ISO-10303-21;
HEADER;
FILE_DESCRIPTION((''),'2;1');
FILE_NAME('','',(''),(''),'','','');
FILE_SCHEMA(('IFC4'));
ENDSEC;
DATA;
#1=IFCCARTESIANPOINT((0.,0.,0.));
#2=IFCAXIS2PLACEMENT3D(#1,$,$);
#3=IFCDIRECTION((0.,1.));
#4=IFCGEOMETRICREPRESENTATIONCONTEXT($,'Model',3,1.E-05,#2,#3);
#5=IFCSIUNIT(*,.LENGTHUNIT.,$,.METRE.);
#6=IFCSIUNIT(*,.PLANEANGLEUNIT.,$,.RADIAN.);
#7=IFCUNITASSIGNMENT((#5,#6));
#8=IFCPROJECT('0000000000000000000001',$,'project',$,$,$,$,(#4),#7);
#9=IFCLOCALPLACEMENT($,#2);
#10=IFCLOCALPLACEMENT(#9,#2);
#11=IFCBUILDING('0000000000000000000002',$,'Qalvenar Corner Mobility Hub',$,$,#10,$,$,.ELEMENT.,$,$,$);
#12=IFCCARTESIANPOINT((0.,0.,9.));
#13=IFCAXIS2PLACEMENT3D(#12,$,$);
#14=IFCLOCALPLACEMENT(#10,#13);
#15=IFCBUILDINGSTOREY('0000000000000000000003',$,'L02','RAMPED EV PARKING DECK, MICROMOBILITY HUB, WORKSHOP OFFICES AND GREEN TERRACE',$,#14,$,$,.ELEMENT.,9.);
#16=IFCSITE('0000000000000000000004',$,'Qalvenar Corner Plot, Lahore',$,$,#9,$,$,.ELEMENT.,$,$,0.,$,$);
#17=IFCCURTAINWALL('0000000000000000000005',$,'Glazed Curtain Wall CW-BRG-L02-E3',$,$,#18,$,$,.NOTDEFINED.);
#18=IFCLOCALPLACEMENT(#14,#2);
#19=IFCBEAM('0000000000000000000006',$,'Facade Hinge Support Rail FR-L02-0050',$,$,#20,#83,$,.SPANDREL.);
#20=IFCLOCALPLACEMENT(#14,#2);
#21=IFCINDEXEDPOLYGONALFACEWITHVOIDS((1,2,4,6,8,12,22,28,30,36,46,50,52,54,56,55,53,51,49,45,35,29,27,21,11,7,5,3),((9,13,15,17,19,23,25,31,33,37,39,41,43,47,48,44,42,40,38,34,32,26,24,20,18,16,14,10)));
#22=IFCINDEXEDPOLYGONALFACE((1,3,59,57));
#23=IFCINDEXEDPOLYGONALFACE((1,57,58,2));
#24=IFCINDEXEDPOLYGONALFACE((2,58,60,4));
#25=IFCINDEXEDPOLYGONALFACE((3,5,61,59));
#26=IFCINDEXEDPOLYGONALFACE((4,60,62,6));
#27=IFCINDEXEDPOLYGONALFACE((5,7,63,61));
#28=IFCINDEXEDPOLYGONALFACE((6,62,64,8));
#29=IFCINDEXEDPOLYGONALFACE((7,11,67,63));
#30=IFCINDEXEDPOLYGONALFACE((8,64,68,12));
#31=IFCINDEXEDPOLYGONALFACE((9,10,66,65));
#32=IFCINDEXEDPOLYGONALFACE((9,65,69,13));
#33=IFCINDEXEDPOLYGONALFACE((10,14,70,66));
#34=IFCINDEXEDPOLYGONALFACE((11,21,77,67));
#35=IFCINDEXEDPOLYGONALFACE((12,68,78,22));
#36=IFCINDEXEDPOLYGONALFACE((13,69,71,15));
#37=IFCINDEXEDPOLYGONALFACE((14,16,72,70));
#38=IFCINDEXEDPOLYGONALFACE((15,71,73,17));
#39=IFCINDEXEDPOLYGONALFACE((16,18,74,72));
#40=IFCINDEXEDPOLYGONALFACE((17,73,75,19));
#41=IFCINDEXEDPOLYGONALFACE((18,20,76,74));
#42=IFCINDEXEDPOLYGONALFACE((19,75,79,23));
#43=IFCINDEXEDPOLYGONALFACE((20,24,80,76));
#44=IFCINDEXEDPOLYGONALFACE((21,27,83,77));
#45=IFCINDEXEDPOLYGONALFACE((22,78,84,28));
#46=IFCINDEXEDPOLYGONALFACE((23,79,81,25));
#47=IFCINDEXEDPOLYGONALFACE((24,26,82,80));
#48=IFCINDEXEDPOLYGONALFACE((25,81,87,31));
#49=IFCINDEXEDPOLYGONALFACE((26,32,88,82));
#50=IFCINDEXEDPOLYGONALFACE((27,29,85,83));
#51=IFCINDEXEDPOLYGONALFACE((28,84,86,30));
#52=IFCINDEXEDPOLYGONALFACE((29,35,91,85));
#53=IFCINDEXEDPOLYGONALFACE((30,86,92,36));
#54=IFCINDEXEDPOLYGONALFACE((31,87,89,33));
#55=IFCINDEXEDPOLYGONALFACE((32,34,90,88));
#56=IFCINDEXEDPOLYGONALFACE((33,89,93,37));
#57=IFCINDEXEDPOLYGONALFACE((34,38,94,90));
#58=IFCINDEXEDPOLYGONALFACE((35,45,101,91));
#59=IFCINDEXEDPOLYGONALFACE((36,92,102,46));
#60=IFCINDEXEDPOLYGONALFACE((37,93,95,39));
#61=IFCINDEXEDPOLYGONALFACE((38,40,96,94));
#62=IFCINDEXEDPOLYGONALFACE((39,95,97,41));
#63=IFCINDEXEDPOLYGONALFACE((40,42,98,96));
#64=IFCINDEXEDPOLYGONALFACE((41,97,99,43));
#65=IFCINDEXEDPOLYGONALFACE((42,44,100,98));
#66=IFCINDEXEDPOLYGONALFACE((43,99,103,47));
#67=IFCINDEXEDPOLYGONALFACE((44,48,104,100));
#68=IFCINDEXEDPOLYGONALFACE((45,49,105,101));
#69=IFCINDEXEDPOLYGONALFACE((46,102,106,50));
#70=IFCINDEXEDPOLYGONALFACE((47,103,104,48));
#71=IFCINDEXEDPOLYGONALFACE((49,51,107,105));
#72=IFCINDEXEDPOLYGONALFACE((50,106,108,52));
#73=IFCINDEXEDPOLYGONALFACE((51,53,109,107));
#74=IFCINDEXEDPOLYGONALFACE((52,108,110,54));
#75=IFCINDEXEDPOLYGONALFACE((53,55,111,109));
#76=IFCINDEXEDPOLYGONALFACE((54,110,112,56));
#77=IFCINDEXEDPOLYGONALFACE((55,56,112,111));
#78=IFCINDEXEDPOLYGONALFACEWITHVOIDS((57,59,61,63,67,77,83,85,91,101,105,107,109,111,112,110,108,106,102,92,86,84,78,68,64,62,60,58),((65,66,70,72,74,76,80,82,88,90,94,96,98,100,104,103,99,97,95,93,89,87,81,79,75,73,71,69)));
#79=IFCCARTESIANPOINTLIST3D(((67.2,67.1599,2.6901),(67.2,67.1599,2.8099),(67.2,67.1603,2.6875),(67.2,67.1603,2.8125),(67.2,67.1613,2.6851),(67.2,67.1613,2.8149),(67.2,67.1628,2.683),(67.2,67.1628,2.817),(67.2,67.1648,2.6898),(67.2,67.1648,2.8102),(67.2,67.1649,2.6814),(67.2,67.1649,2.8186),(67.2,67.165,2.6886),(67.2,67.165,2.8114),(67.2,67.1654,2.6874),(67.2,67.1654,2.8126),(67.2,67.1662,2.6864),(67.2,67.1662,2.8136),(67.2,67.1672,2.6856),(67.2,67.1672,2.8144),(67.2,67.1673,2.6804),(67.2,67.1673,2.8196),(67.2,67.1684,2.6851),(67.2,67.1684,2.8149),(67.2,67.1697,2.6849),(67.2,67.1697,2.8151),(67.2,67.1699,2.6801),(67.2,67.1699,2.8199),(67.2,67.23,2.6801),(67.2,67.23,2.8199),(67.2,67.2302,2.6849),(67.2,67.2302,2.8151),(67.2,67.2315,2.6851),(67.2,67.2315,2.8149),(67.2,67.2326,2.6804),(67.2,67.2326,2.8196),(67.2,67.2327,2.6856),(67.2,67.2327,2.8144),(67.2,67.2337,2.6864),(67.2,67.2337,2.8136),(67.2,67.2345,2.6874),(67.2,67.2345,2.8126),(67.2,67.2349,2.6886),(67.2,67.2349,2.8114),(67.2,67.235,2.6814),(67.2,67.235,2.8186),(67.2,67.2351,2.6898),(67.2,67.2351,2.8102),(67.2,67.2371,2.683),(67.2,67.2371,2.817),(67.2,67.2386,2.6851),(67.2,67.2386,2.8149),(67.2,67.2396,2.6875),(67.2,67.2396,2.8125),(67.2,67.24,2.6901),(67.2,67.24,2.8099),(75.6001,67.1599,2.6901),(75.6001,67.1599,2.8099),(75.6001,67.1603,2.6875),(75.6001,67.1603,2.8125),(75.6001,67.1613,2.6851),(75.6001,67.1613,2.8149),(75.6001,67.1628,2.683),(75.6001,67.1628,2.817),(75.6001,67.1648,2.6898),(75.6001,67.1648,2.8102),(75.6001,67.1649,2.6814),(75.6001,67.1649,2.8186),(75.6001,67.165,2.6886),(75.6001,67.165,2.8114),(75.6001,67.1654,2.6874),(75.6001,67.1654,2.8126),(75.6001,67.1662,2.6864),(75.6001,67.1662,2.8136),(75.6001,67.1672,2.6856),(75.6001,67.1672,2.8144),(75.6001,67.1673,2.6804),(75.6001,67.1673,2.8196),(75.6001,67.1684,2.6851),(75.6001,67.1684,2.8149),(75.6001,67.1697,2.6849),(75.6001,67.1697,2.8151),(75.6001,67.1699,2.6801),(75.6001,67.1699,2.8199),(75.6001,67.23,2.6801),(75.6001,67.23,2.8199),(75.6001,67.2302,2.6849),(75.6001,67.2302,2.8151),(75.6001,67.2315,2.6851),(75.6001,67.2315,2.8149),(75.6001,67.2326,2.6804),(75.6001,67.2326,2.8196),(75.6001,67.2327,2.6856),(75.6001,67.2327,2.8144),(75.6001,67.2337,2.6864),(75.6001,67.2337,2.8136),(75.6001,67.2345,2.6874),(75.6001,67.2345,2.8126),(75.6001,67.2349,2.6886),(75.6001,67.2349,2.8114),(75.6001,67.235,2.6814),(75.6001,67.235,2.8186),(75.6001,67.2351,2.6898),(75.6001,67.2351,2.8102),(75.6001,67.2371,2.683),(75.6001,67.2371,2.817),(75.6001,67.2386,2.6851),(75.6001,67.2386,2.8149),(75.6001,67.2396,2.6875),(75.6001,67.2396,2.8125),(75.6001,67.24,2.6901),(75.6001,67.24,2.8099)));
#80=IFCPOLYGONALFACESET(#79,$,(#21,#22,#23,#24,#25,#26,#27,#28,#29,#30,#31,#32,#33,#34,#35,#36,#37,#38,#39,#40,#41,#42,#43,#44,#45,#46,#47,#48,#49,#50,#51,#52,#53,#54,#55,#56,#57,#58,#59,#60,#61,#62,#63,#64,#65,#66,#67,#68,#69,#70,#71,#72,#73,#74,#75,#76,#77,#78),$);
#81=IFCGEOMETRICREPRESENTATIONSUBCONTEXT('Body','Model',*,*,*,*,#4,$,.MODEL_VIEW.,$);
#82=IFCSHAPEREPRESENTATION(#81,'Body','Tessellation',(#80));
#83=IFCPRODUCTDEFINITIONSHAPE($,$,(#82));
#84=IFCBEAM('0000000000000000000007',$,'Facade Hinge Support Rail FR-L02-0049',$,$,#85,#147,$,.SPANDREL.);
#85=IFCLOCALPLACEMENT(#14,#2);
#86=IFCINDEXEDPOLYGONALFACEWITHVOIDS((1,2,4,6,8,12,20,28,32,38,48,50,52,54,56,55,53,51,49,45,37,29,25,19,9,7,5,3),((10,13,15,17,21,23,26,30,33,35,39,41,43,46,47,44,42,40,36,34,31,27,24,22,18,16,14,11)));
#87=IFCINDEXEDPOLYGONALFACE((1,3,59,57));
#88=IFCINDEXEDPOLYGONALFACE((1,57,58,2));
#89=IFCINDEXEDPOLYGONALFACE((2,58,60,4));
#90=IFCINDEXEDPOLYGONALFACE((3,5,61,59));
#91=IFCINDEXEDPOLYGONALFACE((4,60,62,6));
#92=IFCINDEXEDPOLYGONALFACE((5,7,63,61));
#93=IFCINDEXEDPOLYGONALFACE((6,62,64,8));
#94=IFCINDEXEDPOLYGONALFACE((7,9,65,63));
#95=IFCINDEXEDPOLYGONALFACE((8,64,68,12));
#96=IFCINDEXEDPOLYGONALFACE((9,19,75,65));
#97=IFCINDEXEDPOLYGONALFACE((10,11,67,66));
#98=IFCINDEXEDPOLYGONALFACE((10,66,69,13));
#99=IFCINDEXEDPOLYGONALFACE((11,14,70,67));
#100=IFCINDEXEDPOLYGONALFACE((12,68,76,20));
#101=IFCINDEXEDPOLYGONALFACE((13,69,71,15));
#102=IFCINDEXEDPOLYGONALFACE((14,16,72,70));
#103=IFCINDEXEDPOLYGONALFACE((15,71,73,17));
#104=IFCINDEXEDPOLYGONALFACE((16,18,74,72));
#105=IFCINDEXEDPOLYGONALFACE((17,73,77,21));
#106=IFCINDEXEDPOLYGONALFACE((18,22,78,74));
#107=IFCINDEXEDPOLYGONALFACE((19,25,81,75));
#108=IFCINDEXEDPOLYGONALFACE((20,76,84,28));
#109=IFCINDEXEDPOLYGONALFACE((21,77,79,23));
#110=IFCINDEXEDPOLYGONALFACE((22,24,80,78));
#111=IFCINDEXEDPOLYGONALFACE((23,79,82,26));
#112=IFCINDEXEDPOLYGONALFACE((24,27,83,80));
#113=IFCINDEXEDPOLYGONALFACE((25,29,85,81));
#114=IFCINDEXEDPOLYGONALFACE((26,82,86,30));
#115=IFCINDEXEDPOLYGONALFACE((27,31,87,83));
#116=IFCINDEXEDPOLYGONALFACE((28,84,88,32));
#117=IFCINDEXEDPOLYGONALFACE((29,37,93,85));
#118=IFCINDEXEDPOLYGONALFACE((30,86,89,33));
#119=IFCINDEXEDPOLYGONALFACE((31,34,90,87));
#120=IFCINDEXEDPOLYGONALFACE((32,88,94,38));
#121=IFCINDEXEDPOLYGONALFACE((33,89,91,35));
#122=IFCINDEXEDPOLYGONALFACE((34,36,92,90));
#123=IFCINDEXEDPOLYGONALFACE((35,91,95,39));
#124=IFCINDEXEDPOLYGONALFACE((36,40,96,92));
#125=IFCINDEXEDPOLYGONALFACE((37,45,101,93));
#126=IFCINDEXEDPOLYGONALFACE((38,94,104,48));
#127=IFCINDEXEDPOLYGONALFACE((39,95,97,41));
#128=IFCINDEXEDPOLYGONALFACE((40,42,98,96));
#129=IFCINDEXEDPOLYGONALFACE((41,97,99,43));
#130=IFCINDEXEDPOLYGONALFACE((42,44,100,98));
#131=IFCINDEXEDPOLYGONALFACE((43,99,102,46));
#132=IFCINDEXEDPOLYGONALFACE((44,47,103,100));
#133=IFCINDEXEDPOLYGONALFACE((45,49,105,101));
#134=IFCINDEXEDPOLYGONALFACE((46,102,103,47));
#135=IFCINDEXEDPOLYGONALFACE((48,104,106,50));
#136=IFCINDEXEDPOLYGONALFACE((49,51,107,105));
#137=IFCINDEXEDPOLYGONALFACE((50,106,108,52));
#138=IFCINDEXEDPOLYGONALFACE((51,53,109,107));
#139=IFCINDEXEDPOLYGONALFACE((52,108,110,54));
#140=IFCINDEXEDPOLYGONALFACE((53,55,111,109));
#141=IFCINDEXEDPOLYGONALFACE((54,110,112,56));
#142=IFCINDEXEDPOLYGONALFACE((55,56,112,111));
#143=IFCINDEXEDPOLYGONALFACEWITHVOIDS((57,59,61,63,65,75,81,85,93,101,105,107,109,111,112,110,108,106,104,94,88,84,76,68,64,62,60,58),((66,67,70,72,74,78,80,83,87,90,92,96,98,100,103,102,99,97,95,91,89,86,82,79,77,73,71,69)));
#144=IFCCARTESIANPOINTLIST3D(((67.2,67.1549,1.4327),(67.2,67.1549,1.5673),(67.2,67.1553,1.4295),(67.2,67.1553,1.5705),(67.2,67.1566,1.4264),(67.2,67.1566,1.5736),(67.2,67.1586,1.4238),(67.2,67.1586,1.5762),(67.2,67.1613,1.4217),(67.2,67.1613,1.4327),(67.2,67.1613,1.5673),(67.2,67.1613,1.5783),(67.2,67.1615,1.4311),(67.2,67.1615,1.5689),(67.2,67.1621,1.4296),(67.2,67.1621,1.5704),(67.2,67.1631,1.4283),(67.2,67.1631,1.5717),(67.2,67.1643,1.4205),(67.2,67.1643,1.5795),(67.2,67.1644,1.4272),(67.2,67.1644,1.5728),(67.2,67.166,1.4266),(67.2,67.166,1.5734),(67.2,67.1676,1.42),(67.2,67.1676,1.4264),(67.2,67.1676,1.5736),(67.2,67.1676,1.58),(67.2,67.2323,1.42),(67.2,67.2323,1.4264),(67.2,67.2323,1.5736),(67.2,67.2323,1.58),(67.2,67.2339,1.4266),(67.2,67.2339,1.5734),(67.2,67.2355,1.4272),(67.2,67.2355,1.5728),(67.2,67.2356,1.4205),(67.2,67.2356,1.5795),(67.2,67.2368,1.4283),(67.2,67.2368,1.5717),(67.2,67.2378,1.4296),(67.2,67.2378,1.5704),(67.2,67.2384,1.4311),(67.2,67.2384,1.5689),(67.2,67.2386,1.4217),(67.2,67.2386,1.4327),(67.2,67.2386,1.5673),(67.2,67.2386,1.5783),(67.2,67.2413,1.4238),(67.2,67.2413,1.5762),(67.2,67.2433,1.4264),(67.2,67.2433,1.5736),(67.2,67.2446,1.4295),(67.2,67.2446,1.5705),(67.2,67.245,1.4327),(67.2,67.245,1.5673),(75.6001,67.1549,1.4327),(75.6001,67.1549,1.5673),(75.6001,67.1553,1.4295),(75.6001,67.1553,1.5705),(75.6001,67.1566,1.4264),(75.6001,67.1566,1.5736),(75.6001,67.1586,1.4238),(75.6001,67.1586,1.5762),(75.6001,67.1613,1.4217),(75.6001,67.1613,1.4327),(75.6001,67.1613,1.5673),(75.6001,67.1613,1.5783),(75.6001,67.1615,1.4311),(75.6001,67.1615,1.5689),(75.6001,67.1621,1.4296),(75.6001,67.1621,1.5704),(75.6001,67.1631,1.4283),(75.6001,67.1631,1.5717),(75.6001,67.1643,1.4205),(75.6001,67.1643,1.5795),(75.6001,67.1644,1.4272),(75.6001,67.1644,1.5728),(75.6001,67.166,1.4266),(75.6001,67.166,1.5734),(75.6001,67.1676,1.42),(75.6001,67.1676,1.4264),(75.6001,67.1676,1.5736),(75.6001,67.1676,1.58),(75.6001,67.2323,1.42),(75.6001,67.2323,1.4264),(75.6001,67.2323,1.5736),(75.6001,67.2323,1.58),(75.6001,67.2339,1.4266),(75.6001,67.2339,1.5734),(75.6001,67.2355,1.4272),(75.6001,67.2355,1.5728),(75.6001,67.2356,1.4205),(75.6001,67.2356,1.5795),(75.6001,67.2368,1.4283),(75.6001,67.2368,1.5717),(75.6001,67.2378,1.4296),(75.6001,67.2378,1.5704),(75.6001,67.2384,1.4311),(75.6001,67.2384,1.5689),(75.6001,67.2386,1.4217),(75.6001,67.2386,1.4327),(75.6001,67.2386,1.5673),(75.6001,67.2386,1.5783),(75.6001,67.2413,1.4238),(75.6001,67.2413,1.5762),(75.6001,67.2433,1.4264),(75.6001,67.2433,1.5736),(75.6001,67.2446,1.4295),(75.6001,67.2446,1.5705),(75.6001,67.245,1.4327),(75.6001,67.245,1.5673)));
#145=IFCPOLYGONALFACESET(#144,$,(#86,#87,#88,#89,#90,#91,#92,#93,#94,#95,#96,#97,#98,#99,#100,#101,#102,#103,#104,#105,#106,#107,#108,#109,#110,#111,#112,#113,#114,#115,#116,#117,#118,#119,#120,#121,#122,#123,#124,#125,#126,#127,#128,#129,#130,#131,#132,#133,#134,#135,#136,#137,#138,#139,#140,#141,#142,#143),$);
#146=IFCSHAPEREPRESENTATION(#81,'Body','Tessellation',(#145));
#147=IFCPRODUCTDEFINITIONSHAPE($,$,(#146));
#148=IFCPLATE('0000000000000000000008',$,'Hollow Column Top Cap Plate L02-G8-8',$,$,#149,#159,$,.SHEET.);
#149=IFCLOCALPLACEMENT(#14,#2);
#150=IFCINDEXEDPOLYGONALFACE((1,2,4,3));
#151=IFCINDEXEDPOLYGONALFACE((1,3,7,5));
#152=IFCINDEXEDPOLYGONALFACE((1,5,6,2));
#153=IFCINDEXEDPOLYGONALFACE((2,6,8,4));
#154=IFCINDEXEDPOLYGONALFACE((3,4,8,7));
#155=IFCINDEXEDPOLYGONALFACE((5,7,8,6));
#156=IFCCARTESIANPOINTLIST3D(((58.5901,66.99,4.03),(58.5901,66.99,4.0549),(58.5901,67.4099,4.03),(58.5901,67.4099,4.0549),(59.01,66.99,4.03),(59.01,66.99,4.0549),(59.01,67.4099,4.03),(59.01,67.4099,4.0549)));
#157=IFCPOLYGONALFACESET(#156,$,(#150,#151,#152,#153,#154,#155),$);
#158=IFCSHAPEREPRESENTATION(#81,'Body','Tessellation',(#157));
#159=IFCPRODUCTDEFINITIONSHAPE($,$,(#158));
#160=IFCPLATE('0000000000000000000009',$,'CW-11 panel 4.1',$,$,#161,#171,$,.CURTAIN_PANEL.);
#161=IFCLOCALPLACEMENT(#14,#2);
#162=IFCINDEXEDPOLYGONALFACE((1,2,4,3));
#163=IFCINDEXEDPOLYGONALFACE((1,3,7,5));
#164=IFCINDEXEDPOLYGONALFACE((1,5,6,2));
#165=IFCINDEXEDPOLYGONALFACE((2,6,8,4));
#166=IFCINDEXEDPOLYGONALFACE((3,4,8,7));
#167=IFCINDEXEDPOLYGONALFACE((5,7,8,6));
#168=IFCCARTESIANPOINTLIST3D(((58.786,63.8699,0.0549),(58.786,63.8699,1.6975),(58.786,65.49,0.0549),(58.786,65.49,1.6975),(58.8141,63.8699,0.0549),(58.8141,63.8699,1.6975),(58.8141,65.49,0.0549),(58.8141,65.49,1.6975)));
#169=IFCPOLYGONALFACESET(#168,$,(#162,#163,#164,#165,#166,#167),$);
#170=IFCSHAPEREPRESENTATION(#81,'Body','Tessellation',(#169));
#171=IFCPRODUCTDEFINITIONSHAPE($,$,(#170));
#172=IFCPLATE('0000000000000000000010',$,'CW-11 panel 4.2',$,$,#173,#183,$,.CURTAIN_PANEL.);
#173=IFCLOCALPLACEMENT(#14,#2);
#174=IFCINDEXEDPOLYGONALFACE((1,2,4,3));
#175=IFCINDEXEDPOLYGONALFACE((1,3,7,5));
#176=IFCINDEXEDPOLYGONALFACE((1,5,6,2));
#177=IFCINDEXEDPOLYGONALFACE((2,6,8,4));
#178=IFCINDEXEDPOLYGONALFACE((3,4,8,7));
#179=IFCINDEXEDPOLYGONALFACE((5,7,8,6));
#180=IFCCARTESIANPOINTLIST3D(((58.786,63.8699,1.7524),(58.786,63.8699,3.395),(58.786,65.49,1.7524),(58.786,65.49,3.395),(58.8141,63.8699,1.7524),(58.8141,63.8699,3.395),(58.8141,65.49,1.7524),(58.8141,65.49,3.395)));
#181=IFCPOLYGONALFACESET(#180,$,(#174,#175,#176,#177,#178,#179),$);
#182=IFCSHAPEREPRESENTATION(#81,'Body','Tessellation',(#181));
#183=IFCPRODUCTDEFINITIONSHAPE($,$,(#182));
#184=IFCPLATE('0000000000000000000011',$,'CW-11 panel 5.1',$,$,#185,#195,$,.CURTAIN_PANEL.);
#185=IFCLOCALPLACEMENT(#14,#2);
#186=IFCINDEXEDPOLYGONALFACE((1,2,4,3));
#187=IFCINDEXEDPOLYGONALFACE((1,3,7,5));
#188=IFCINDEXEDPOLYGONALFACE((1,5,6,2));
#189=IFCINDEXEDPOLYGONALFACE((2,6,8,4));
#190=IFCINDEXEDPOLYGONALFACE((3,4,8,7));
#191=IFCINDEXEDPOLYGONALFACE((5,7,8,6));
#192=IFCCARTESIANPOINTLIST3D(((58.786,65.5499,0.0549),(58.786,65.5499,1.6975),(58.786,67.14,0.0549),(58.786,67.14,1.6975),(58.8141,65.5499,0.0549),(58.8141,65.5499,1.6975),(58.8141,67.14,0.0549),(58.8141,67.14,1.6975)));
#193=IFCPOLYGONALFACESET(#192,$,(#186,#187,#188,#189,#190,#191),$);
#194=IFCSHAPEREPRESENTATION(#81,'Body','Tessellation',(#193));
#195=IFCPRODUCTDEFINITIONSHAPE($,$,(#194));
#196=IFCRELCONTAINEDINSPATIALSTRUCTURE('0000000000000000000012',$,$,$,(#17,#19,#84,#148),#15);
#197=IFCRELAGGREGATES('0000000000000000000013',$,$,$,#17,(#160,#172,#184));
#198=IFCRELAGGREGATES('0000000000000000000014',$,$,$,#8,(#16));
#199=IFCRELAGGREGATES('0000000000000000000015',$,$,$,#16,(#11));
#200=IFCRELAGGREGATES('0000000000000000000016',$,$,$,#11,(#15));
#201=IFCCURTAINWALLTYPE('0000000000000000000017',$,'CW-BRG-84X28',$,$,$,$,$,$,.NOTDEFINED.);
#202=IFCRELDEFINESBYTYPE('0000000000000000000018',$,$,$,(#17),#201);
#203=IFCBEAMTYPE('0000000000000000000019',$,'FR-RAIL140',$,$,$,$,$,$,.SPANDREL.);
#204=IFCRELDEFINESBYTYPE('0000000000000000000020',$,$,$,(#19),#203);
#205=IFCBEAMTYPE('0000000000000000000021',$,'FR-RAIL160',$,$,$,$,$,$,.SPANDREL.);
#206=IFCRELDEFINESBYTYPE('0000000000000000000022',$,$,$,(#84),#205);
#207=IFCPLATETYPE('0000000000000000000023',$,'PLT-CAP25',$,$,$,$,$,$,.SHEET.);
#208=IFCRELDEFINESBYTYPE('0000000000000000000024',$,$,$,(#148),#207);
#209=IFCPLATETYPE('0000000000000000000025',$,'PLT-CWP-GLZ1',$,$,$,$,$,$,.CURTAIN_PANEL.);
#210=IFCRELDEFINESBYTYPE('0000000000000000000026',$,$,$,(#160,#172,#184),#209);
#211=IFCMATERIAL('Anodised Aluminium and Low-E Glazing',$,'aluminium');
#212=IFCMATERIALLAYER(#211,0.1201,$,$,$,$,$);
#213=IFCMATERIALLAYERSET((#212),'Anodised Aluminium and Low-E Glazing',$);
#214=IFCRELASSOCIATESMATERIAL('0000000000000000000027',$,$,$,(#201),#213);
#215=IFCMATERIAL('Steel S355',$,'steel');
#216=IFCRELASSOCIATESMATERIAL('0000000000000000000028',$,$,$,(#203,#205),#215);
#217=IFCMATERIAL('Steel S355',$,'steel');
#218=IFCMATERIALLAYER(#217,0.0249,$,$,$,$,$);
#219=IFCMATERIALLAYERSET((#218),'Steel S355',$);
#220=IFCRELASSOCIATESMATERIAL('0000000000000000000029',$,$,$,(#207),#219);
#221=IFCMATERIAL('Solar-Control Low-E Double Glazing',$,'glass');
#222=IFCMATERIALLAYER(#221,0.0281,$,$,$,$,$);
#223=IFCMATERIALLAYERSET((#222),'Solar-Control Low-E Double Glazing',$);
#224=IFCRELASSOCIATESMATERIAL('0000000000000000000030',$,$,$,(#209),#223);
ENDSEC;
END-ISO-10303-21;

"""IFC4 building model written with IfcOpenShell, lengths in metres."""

from ifc_helpers import new_model, si_unit, direction, frame, origin, origin_2d, place, context, subcontext, project, spatial, rectangle, hollow_rectangle, extrude, material, layer, layer_set, material_profile, profile_set, type_object, element, aggregate, save


model = new_model("IFC4")

# Units and contexts
model_context = context("Model", 3, precision=1e-05, world=origin(), true_north=direction((0.0, 1.0)))
body_context = subcontext(model_context, "Body", "Model", "MODEL_VIEW")
ifc_project = project(units=[si_unit("LENGTHUNIT", "METRE"), si_unit("PLANEANGLEUNIT", "RADIAN")], contexts=[model_context])

# Site, building, storey
site_placement = place(None, origin())
site = spatial("IfcSite", under=ifc_project, at=site_placement, Name="Qalvenar Corner Plot, Lahore", CompositionType="ELEMENT", RefElevation=0.0)
building_placement = place(site_placement, origin())
building = spatial("IfcBuilding", under=site, at=building_placement, Name="Qalvenar Corner Mobility Hub", CompositionType="ELEMENT")
storey_placement = place(building_placement, frame((0.0, 0.0, 9.0)))
storey = spatial("IfcBuildingStorey", under=building, at=storey_placement, Name="L02", Description="RAMPED EV PARKING DECK, MICROMOBILITY HUB, WORKSHOP OFFICES AND GREEN TERRACE", CompositionType="ELEMENT", Elevation=9.0)

# Shared definitions
ifc_material_1 = material(Name="Steel S355", Category="steel")

# Curtain wall
ifc_material_2 = material(Name="Anodised Aluminium and Low-E Glazing", Category="aluminium")
ifc_layer_1 = layer(ifc_material_2, 0.1201)
ifc_layer_set_1 = layer_set([ifc_layer_1], Name="Anodised Aluminium and Low-E Glazing")
curtain_wall_type = type_object("IfcCurtainWallType", Name="CW-BRG-84X28", PredefinedType="NOTDEFINED", material=ifc_layer_set_1)
curtain_wall_placement = place(storey_placement, origin())
curtain_wall = element("IfcCurtainWall", 1, at=curtain_wall_placement, inside=storey, type_object=curtain_wall_type, Name="Glazed Curtain Wall CW-BRG-L02-E3", PredefinedType="NOTDEFINED")

# Beams
ifc_material_profile_1 = material_profile(ifc_material_1, hollow_rectangle(XDim=0.0801, YDim=0.1399, WallThickness=0.0049, InnerFilletRadius=0.0049, OuterFilletRadius=0.01, at=origin_2d()), Name="RHS140x80x5")
ifc_profile_set_1 = profile_set([ifc_material_profile_1], Name="Steel S355")
beam_type_1 = type_object("IfcBeamType", Name="FR-RAIL140", PredefinedType="SPANDREL", material=ifc_profile_set_1)
beam_1_placement = place(storey_placement, frame((67.2, 67.2, 2.75), z_axis=(1.0, 0.0, 0.0), x_axis=(0.0, 1.0, 0.0)))
element("IfcBeam", 2, at=beam_1_placement, inside=storey, type_object=beam_type_1, Name="Facade Hinge Support Rail FR-L02-0050", PredefinedType="SPANDREL", context=body_context, shape_type="SweptSolid", body=[
    extrude(hollow_rectangle(XDim=0.0801, YDim=0.1399, WallThickness=0.0049, InnerFilletRadius=0.0049, OuterFilletRadius=0.01, at=origin_2d()), origin(), (0.0, 0.0, 1.0), 8.4001),
])
ifc_material_profile_2 = material_profile(ifc_material_1, hollow_rectangle(XDim=0.0901, YDim=0.1599, WallThickness=0.0063, InnerFilletRadius=0.0063, OuterFilletRadius=0.0127, at=origin_2d()), Name="RHS160x90x6.3")
ifc_profile_set_2 = profile_set([ifc_material_profile_2], Name="Steel S355")
beam_type_2 = type_object("IfcBeamType", Name="FR-RAIL160", PredefinedType="SPANDREL", material=ifc_profile_set_2)
beam_2_placement = place(storey_placement, frame((67.2, 67.2, 1.5), z_axis=(1.0, 0.0, 0.0), x_axis=(0.0, 1.0, 0.0)))
element("IfcBeam", 3, at=beam_2_placement, inside=storey, type_object=beam_type_2, Name="Facade Hinge Support Rail FR-L02-0049", PredefinedType="SPANDREL", context=body_context, shape_type="SweptSolid", body=[
    extrude(hollow_rectangle(XDim=0.0901, YDim=0.1599, WallThickness=0.0063, InnerFilletRadius=0.0063, OuterFilletRadius=0.0127, at=origin_2d()), origin(), (0.0, 0.0, 1.0), 8.4001),
])

# Plates
ifc_material_3 = material(Name="Steel S355", Category="steel")
ifc_layer_2 = layer(ifc_material_3, 0.0249)
ifc_layer_set_2 = layer_set([ifc_layer_2], Name="Steel S355")
plate_type_1 = type_object("IfcPlateType", Name="PLT-CAP25", PredefinedType="SHEET", material=ifc_layer_set_2)
plate_1_placement = place(storey_placement, frame((58.8, 67.2, 4.03), z_axis=(0.0, 0.0, 1.0), x_axis=(1.0, 0.0, 0.0)))
element("IfcPlate", 4, at=plate_1_placement, inside=storey, type_object=plate_type_1, Name="Hollow Column Top Cap Plate L02-G8-8", PredefinedType="SHEET", context=body_context, shape_type="SweptSolid", body=[
    extrude(rectangle(XDim=0.4199, YDim=0.4199, at=origin_2d()), origin(), (0.0, 0.0, 1.0), 0.0249),
])
ifc_material_4 = material(Name="Solar-Control Low-E Double Glazing", Category="glass")
ifc_layer_3 = layer(ifc_material_4, 0.0281)
ifc_layer_set_3 = layer_set([ifc_layer_3], Name="Solar-Control Low-E Double Glazing")
plate_type_2 = type_object("IfcPlateType", Name="PLT-CWP-GLZ1", PredefinedType="CURTAIN_PANEL", material=ifc_layer_set_3)
plate_2_placement = place(storey_placement, frame((58.8, 64.6799, 0.0549), z_axis=(0.0, 0.0, 1.0), x_axis=(0.0, 1.0, 0.0)))
plate_2 = element("IfcPlate", 5, at=plate_2_placement, type_object=plate_type_2, Name="CW-11 panel 4.1", PredefinedType="CURTAIN_PANEL", context=body_context, shape_type="SweptSolid", body=[
    extrude(rectangle(XDim=1.6201, YDim=0.0281, at=origin_2d()), origin(), (0.0, 0.0, 1.0), 1.6426),
])
plate_3_placement = place(storey_placement, frame((58.8, 64.6799, 1.7524), z_axis=(0.0, 0.0, 1.0), x_axis=(0.0, 1.0, 0.0)))
plate_3 = element("IfcPlate", 6, at=plate_3_placement, type_object=plate_type_2, Name="CW-11 panel 4.2", PredefinedType="CURTAIN_PANEL", context=body_context, shape_type="SweptSolid", body=[
    extrude(rectangle(XDim=1.6201, YDim=0.0281, at=origin_2d()), origin(), (0.0, 0.0, 1.0), 1.6426),
])
plate_4_placement = place(storey_placement, frame((58.8, 66.345, 0.0549), z_axis=(0.0, 0.0, 1.0), x_axis=(0.0, 1.0, 0.0)))
plate_4 = element("IfcPlate", 7, at=plate_4_placement, type_object=plate_type_2, Name="CW-11 panel 5.1", PredefinedType="CURTAIN_PANEL", context=body_context, shape_type="SweptSolid", body=[
    extrude(rectangle(XDim=1.5901, YDim=0.0281, at=origin_2d()), origin(), (0.0, 0.0, 1.0), 1.6426),
])
aggregate(curtain_wall, [plate_2, plate_3, plate_4])

save(model, "model.ifc")
